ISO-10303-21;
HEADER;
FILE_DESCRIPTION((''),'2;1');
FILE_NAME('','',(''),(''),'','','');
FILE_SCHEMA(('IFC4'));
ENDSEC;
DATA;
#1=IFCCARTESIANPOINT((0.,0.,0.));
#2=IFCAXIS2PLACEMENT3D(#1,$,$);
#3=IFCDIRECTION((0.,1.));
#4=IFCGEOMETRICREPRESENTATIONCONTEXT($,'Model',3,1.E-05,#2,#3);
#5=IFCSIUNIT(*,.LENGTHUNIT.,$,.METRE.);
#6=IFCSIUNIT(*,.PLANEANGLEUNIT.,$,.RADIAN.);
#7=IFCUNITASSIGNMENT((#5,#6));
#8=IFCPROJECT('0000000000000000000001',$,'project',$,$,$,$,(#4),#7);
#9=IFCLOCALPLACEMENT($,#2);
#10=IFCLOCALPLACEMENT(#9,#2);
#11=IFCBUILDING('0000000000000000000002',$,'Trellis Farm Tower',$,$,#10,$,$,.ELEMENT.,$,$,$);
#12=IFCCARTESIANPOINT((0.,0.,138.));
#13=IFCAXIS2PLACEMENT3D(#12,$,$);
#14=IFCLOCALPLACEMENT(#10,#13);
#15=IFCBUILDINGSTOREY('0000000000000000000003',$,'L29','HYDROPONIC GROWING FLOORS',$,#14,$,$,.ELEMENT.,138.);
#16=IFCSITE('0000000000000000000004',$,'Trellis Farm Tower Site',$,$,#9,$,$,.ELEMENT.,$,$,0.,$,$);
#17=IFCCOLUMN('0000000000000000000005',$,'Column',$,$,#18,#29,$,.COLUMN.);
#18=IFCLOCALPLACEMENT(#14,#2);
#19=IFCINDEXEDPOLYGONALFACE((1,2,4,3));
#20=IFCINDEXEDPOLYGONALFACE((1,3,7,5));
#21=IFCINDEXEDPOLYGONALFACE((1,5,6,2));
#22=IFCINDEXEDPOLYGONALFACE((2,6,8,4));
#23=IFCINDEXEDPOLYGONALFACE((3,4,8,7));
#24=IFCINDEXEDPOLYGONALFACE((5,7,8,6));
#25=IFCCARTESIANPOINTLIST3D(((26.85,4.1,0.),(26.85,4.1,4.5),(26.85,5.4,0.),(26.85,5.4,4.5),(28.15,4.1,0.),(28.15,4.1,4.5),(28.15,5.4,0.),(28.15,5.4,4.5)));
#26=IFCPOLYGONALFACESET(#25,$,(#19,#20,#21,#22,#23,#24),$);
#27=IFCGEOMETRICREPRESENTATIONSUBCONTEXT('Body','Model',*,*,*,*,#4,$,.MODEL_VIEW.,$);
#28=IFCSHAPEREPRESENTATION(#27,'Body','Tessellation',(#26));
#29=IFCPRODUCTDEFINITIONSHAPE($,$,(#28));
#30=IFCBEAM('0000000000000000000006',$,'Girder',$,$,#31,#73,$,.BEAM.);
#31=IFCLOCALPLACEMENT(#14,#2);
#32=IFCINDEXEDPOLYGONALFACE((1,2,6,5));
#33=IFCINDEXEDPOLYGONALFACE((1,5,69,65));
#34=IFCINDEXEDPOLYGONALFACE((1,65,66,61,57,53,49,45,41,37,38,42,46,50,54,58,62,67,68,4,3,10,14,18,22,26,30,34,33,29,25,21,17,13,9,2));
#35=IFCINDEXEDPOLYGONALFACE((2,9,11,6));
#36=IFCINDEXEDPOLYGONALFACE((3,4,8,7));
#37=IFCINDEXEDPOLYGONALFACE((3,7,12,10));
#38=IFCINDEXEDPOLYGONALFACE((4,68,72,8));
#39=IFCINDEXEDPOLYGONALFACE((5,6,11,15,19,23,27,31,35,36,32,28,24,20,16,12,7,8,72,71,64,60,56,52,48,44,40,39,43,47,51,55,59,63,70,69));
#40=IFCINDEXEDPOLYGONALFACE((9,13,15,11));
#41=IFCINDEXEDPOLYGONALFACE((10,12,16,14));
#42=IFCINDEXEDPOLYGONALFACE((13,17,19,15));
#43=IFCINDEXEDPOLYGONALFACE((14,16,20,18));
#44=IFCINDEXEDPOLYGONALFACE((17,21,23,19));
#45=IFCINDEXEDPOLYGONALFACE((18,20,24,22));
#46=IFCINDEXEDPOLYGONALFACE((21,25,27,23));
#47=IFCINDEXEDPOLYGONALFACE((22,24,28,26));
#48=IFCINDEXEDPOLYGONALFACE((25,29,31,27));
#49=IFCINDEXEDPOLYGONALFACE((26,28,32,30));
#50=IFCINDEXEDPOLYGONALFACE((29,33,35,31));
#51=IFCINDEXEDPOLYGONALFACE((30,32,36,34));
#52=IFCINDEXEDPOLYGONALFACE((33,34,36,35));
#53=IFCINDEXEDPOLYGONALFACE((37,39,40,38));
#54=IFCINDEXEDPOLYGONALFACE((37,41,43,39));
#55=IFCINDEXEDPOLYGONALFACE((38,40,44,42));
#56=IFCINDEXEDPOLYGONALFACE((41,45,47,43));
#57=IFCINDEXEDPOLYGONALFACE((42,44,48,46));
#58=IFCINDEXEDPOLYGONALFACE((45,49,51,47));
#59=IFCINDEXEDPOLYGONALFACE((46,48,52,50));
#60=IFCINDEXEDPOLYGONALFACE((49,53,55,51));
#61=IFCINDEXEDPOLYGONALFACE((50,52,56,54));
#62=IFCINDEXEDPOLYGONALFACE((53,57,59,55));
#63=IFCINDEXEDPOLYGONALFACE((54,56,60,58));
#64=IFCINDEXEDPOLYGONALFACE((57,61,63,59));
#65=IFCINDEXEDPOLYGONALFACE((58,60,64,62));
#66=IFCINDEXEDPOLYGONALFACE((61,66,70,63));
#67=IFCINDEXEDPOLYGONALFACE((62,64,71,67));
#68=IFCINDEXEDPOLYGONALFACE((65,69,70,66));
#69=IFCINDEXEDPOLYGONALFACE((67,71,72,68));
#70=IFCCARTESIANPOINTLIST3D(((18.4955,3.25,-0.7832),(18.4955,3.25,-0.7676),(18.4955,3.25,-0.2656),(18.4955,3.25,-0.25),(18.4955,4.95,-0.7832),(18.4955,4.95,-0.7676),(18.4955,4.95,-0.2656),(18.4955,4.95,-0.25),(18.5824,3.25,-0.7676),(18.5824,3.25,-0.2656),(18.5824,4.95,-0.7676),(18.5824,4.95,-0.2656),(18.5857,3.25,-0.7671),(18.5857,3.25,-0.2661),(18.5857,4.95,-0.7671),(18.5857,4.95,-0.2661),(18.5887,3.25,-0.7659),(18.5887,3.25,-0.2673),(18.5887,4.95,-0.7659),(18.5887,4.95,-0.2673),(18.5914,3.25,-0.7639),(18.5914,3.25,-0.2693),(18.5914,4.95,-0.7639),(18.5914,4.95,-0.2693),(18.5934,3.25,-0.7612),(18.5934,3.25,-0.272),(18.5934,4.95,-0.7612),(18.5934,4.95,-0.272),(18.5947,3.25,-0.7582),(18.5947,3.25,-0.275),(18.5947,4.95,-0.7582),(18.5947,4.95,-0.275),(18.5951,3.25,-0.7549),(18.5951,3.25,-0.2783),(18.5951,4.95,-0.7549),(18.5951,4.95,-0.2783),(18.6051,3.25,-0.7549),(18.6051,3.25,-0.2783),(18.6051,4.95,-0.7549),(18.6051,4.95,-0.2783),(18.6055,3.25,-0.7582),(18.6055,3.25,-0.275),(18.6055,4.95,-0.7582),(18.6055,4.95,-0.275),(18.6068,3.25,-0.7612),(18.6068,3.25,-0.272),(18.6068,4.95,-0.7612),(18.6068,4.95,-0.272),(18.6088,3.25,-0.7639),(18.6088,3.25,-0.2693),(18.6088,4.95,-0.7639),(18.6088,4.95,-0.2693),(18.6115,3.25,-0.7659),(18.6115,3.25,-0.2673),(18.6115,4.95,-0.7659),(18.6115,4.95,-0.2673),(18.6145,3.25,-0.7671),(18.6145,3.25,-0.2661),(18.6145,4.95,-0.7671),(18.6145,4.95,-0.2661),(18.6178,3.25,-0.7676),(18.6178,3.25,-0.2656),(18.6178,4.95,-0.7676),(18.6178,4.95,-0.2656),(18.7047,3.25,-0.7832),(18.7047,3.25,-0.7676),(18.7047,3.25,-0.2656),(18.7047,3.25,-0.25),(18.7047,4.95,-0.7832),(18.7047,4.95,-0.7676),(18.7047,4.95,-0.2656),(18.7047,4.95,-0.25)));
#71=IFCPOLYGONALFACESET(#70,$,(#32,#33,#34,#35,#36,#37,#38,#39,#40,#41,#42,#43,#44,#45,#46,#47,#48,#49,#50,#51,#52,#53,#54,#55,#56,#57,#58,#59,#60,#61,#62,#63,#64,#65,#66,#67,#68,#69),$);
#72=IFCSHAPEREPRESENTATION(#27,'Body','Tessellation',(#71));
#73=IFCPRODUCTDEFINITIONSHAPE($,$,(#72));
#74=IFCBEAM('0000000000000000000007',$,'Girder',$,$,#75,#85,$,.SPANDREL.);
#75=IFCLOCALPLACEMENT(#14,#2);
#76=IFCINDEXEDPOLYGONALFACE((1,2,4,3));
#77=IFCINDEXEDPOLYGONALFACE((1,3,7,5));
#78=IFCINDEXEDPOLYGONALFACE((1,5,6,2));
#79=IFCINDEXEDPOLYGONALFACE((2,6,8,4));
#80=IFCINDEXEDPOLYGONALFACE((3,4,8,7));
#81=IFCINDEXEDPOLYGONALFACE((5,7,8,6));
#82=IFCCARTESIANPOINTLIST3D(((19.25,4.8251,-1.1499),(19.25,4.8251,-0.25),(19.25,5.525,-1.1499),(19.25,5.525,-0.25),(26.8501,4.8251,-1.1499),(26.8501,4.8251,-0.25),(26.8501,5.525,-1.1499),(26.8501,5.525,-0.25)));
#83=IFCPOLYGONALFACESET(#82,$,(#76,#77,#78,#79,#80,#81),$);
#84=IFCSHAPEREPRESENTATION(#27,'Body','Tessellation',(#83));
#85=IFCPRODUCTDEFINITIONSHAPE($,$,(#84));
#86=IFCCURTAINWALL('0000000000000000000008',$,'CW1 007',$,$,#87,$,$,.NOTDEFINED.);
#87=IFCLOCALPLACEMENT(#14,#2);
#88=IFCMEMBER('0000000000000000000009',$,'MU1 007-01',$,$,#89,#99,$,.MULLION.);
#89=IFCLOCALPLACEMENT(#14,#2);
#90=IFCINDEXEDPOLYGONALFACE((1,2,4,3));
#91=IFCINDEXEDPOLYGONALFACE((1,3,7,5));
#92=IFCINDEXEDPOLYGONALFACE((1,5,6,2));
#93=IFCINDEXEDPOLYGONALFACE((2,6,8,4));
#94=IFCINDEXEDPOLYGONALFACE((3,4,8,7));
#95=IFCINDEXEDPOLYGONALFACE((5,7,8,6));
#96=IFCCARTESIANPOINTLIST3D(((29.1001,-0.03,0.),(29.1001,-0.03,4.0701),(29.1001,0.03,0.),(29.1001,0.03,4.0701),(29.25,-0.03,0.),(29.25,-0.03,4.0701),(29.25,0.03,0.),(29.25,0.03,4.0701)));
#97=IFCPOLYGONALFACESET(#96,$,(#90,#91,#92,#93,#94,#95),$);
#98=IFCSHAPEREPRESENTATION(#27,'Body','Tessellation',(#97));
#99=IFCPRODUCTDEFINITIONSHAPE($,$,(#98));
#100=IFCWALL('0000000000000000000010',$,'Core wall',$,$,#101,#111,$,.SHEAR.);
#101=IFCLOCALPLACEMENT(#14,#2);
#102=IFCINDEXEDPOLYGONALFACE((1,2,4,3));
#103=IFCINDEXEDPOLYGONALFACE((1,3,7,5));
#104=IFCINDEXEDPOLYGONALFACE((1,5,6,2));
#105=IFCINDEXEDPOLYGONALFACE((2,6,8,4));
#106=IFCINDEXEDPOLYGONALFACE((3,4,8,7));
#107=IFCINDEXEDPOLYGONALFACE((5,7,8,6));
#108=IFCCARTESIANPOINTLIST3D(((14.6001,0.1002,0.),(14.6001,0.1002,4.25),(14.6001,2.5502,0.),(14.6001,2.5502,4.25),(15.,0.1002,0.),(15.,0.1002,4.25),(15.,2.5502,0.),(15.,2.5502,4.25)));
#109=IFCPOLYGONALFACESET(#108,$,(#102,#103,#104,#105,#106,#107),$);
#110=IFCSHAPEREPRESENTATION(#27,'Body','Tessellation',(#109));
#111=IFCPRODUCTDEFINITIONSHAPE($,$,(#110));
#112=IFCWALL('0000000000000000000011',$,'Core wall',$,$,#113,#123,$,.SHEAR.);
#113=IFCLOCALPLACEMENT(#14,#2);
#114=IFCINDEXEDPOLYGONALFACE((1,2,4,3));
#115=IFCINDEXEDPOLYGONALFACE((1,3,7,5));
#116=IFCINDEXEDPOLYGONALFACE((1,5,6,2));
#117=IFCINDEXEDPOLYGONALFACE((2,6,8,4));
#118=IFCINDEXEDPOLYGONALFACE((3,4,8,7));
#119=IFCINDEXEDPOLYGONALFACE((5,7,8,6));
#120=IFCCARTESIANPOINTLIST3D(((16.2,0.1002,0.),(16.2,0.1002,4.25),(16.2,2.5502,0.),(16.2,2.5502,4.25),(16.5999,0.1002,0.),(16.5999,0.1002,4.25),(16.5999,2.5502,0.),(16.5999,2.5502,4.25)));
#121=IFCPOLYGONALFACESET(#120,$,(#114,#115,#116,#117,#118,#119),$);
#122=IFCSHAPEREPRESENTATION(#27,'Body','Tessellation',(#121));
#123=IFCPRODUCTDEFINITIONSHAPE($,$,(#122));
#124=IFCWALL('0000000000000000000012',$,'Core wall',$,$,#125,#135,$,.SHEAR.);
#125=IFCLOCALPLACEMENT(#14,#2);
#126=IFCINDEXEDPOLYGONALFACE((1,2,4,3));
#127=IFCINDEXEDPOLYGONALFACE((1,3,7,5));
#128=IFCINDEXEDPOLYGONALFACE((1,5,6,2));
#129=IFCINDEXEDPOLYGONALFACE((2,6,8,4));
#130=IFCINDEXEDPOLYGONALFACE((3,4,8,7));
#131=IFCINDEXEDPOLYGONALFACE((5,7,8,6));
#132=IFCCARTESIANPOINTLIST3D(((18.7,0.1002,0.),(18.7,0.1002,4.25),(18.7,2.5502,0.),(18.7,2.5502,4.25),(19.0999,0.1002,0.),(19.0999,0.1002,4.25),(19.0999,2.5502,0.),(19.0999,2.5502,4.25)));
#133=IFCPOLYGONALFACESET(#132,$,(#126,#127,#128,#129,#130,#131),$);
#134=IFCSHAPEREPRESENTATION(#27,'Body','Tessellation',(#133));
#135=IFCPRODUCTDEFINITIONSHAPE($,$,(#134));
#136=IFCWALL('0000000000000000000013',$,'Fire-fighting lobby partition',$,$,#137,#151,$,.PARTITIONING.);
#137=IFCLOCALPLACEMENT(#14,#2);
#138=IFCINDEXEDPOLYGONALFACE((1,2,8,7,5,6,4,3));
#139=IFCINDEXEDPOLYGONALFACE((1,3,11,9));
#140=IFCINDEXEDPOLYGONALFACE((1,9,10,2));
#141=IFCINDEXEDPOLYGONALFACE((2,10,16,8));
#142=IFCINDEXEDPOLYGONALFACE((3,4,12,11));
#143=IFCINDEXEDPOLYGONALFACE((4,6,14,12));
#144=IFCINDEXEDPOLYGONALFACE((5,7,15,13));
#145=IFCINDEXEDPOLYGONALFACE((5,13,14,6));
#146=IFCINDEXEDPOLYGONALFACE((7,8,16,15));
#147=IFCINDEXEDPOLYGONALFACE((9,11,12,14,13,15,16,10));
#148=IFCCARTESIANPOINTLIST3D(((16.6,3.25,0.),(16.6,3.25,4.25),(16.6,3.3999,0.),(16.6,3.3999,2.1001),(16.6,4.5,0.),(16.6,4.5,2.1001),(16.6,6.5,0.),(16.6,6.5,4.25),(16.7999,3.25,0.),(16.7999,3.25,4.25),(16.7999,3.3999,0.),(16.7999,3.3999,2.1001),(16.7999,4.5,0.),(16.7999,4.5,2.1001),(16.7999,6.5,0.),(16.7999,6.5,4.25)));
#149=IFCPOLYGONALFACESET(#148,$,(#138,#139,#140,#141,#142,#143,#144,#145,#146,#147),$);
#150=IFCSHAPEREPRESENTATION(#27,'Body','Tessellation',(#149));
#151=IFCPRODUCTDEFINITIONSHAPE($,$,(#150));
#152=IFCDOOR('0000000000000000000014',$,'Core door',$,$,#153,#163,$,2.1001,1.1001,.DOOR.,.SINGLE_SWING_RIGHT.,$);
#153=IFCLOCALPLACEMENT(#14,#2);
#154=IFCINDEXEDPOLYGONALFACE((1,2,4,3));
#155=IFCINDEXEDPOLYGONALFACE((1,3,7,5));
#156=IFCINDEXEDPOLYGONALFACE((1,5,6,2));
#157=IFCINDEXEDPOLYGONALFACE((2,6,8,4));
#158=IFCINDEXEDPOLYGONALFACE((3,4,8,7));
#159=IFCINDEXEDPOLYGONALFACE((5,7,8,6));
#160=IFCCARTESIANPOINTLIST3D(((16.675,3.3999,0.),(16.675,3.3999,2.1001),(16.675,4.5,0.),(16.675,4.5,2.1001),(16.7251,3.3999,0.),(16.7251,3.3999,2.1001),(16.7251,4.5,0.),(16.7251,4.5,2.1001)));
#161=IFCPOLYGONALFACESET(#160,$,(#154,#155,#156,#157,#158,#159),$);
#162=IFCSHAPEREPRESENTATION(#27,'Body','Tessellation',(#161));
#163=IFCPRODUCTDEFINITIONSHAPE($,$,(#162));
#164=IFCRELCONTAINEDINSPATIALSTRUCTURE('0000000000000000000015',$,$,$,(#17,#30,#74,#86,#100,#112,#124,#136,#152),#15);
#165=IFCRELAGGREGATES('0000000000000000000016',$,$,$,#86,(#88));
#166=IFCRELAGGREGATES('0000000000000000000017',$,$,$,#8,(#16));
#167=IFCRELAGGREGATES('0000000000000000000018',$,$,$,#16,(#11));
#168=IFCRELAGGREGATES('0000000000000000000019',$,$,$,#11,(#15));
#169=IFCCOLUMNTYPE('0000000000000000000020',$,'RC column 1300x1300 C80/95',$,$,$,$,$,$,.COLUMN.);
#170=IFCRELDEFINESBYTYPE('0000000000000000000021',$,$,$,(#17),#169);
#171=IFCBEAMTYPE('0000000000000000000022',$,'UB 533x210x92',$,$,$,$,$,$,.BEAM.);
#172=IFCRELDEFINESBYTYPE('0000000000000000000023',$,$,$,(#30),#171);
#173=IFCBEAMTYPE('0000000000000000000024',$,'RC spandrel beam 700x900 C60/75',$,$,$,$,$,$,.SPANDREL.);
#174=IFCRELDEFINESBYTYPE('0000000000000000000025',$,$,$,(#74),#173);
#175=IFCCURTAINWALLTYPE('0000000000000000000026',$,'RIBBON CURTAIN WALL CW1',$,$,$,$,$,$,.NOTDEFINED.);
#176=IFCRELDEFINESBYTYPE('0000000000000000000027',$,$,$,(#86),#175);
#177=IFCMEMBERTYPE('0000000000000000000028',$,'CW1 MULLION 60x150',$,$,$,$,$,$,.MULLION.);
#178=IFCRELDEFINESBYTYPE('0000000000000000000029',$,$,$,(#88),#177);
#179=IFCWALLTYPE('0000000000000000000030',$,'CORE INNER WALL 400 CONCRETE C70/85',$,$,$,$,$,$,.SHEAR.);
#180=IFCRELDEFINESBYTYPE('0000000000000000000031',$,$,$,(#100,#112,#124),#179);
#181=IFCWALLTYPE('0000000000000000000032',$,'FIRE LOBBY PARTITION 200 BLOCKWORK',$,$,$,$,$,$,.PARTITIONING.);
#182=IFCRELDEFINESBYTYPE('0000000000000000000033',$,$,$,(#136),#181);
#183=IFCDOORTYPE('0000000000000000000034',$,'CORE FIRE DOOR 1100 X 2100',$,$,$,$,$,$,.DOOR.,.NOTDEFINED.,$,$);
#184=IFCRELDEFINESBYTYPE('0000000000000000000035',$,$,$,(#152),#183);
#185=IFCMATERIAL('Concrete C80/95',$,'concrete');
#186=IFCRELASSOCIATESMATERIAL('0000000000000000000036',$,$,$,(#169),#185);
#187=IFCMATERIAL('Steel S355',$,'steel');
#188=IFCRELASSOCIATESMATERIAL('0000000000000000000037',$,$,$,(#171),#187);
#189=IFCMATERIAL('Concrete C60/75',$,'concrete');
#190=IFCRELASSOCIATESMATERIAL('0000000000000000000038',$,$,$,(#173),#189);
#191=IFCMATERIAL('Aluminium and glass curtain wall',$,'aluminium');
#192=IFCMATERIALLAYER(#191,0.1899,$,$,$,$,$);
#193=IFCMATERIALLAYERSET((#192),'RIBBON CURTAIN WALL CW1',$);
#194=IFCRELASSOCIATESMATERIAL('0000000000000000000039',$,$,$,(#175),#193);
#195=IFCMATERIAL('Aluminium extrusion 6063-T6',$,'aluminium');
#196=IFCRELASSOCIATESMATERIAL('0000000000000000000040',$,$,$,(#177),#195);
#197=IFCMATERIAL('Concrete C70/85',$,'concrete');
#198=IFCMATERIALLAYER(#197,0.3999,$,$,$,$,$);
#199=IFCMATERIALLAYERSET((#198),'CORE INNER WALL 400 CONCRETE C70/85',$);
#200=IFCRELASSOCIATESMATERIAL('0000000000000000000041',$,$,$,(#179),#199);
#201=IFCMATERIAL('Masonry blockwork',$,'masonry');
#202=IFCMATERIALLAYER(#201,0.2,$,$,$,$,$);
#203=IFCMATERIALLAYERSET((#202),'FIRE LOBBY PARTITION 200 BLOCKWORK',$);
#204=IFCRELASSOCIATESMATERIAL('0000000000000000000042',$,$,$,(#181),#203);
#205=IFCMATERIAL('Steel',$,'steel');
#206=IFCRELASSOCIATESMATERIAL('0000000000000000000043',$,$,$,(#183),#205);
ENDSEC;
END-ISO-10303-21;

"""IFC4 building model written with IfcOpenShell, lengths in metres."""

from ifc_helpers import new_model, si_unit, direction, frame, frame_2d, origin, origin_2d, place, context, subcontext, project, spatial, rectangle, i_section, extrude, source, transform, mapped, material, layer, layer_set, material_profile, profile_set, type_object, element, fill, aggregate, save


model = new_model("IFC4")

# Units and contexts
model_context = context("Model", 3, precision=1e-05, world=origin(), true_north=direction((0.0, 1.0)))
body_context = subcontext(model_context, "Body", "Model", "MODEL_VIEW")
ifc_project = project(units=[si_unit("LENGTHUNIT", "METRE"), si_unit("PLANEANGLEUNIT", "RADIAN")], contexts=[model_context])

# Site, building, storey
site_placement = place(None, origin())
site = spatial("IfcSite", under=ifc_project, at=site_placement, Name="Trellis Farm Tower Site", CompositionType="ELEMENT", RefElevation=0.0)
building_placement = place(site_placement, origin())
building = spatial("IfcBuilding", under=site, at=building_placement, Name="Trellis Farm Tower", CompositionType="ELEMENT")
storey_placement = place(building_placement, frame((0.0, 0.0, 138.0)))
storey = spatial("IfcBuildingStorey", under=building, at=storey_placement, Name="L29", Description="HYDROPONIC GROWING FLOORS", CompositionType="ELEMENT", Elevation=138.0)

# Column
ifc_material_1 = material(Name="Concrete C80/95", Category="concrete")
ifc_material_profile_1 = material_profile(ifc_material_1, rectangle(XDim=1.3, YDim=1.3, at=origin_2d()), Name="RC column 1300x1300 C80/95")
ifc_profile_set_1 = profile_set([ifc_material_profile_1], Name="Concrete C80/95")
column_type = type_object("IfcColumnType", Name="RC column 1300x1300 C80/95", PredefinedType="COLUMN", material=ifc_profile_set_1)
shared_shape_1 = source(origin(), body_context, "Body", "SweptSolid", [
    extrude(rectangle(XDim=1.3, YDim=1.3, at=origin_2d()), origin(), (0.0, 0.0, 1.0), 4.5),
])
column_placement = place(storey_placement, frame((27.5, 4.75, 0.0), z_axis=(0.0, 0.0, 1.0), x_axis=(1.0, 0.0, 0.0)))
element("IfcColumn", 1, at=column_placement, inside=storey, type_object=column_type, Name="Column", PredefinedType="COLUMN", context=body_context, shape_type="MappedRepresentation", body=[
    mapped(shared_shape_1, transform((0.0, 0.0, 0.0))),
])

# Beams
ifc_material_2 = material(Name="Steel S355", Category="steel")
ifc_material_profile_2 = material_profile(ifc_material_2, i_section(OverallWidth=0.2092, OverallDepth=0.5332, WebThickness=0.01, FlangeThickness=0.0156, FilletRadius=0.0127, at=origin_2d()), Name="UB 533x210x92")
ifc_profile_set_2 = profile_set([ifc_material_profile_2], Name="Steel S355")
beam_type_1 = type_object("IfcBeamType", Name="UB 533x210x92", PredefinedType="BEAM", material=ifc_profile_set_2)
shared_shape_2 = source(origin(), body_context, "Body", "SweptSolid", [
    extrude(i_section(OverallWidth=0.2092, OverallDepth=0.5332, WebThickness=0.01, FlangeThickness=0.0156, FilletRadius=0.0127, at=origin_2d()), origin(), (0.0, 0.0, 1.0), 1.7),
])
beam_1_placement = place(storey_placement, frame((18.6001, 3.25, -0.5166), z_axis=(0.0, 1.0, 0.0), x_axis=(-1.0, 0.0, 0.0)))
element("IfcBeam", 2, at=beam_1_placement, inside=storey, type_object=beam_type_1, Name="Girder", PredefinedType="BEAM", context=body_context, shape_type="MappedRepresentation", body=[
    mapped(shared_shape_2, transform((0.0, 0.0, 0.0))),
])
ifc_material_3 = material(Name="Concrete C60/75", Category="concrete")
ifc_material_profile_3 = material_profile(ifc_material_3, rectangle(XDim=0.7, YDim=0.8999, at=origin_2d()), Name="RC spandrel beam 700x900 C60/75")
ifc_profile_set_3 = profile_set([ifc_material_profile_3], Name="Concrete C60/75")
beam_type_2 = type_object("IfcBeamType", Name="RC spandrel beam 700x900 C60/75", PredefinedType="SPANDREL", material=ifc_profile_set_3)
shared_shape_3 = source(origin(), body_context, "Body", "SweptSolid", [
    extrude(rectangle(XDim=0.7, YDim=0.8999, at=origin_2d()), origin(), (0.0, 0.0, 1.0), 7.6001),
])
beam_2_placement = place(storey_placement, frame((19.25, 5.175, -0.7), z_axis=(1.0, 0.0, 0.0), x_axis=(0.0, 1.0, 0.0)))
element("IfcBeam", 3, at=beam_2_placement, inside=storey, type_object=beam_type_2, Name="Girder", PredefinedType="SPANDREL", context=body_context, shape_type="MappedRepresentation", body=[
    mapped(shared_shape_3, transform((0.0, 0.0, 0.0))),
])

# Curtain wall, member
ifc_material_4 = material(Name="Aluminium and glass curtain wall", Category="aluminium")
ifc_layer_1 = layer(ifc_material_4, 0.1899)
ifc_layer_set_1 = layer_set([ifc_layer_1], Name="RIBBON CURTAIN WALL CW1")
curtain_wall_type = type_object("IfcCurtainWallType", Name="RIBBON CURTAIN WALL CW1", PredefinedType="NOTDEFINED", material=ifc_layer_set_1)
curtain_wall_placement = place(storey_placement, origin())
curtain_wall = element("IfcCurtainWall", 4, at=curtain_wall_placement, inside=storey, type_object=curtain_wall_type, Name="CW1 007", PredefinedType="NOTDEFINED")
ifc_material_5 = material(Name="Aluminium extrusion 6063-T6", Category="aluminium")
ifc_material_profile_4 = material_profile(ifc_material_5, rectangle(XDim=0.0601, YDim=0.1499, at=origin_2d()), Name="MULLION 60x150")
ifc_profile_set_4 = profile_set([ifc_material_profile_4], Name="Aluminium extrusion 6063-T6")
member_type = type_object("IfcMemberType", Name="CW1 MULLION 60x150", PredefinedType="MULLION", material=ifc_profile_set_4)
shared_shape_4 = source(origin(), body_context, "Body", "SweptSolid", [
    extrude(rectangle(XDim=0.0601, YDim=0.1499, at=origin_2d()), origin(), (0.0, 0.0, 1.0), 4.0701),
])
member_placement = place(storey_placement, frame((29.175, 0.0, 0.0), z_axis=(0.0, 0.0, 1.0), x_axis=(0.0, 1.0, 0.0)))
member = element("IfcMember", 5, at=member_placement, type_object=member_type, Name="MU1 007-01", PredefinedType="MULLION", context=body_context, shape_type="MappedRepresentation", body=[
    mapped(shared_shape_4, transform((0.0, 0.0, 0.0))),
])
aggregate(curtain_wall, [member])

# Walls
ifc_material_6 = material(Name="Concrete C70/85", Category="concrete")
ifc_layer_2 = layer(ifc_material_6, 0.3999)
ifc_layer_set_2 = layer_set([ifc_layer_2], Name="CORE INNER WALL 400 CONCRETE C70/85")
wall_type_1 = type_object("IfcWallType", Name="CORE INNER WALL 400 CONCRETE C70/85", PredefinedType="SHEAR", material=ifc_layer_set_2)
shared_shape_5 = source(origin(), body_context, "Body", "SweptSolid", [
    extrude(rectangle(XDim=2.45, YDim=0.3999, at=frame_2d((1.2251, 0.0))), origin(), (0.0, 0.0, 1.0), 4.25),
])
for number, where, z_axis, x_axis, name in (
    (6, (14.8, 0.1001, 0.0), (0.0, 0.0, 1.0), (0.0, 1.0, 0.0), "Core wall"),
    (7, (16.3999, 0.1001, 0.0), (0.0, 0.0, 1.0), (0.0, 1.0, 0.0), "Core wall"),
    (8, (18.8999, 0.1001, 0.0), (0.0, 0.0, 1.0), (0.0, 1.0, 0.0), "Core wall"),
):
    element("IfcWall", number, at=place(storey_placement, frame(where, z_axis=z_axis, x_axis=x_axis)), inside=storey, type_object=wall_type_1, Name=name, PredefinedType="SHEAR", context=body_context, shape_type="MappedRepresentation", body=[
        mapped(shared_shape_5, transform((0.0, 0.0, 0.0))),
    ])

# Wall, opening, door
ifc_material_7 = material(Name="Masonry blockwork", Category="masonry")
ifc_layer_3 = layer(ifc_material_7, 0.2)
ifc_layer_set_3 = layer_set([ifc_layer_3], Name="FIRE LOBBY PARTITION 200 BLOCKWORK")
wall_type_2 = type_object("IfcWallType", Name="FIRE LOBBY PARTITION 200 BLOCKWORK", PredefinedType="PARTITIONING", material=ifc_layer_set_3)
shared_shape_6 = source(origin(), body_context, "Body", "SweptSolid", [
    extrude(rectangle(XDim=3.25, YDim=0.2, at=frame_2d((1.625, 0.0))), origin(), (0.0, 0.0, 1.0), 4.25),
])
wall_1_placement = place(storey_placement, frame((16.7, 3.25, 0.0), z_axis=(0.0, 0.0, 1.0), x_axis=(0.0, 1.0, 0.0)))
wall_1 = element("IfcWall", 9, at=wall_1_placement, inside=storey, type_object=wall_type_2, Name="Fire-fighting lobby partition", PredefinedType="PARTITIONING", context=body_context, shape_type="MappedRepresentation", body=[
    mapped(shared_shape_6, transform((0.0, 0.0, 0.0))),
])
shared_shape_7 = source(origin(), body_context, "Body", "SweptSolid", [
    extrude(rectangle(XDim=1.1001, YDim=2.1001, at=frame_2d((0.55, 1.05))), frame((0.0, 0.1101, 0.0), z_axis=(0.0, -1.0, 0.0), x_axis=(1.0, 0.0, 0.0)), (0.0, 0.0, 1.0), 0.2202),
])
opening_1_placement = place(wall_1_placement, frame((0.1499, 0.0, 0.0)))
opening_1 = element("IfcOpeningElement", 10, at=opening_1_placement, cuts=wall_1, PredefinedType="OPENING", context=body_context, shape_type="MappedRepresentation", body=[
    mapped(shared_shape_7, transform((0.0, 0.0, 0.0))),
])
ifc_material_8 = material(Name="Steel", Category="steel")
door_type_1 = type_object("IfcDoorType", Name="CORE FIRE DOOR 1100 X 2100", OperationType="NOTDEFINED", PredefinedType="DOOR", material=ifc_material_8)
shared_shape_8 = source(origin(), body_context, "Body", "SweptSolid", [
    extrude(rectangle(XDim=1.1001, YDim=2.1001, at=frame_2d((0.55, 1.05))), frame((0.0, 0.0249, 0.0), z_axis=(0.0, -1.0, 0.0), x_axis=(1.0, 0.0, 0.0)), (0.0, 0.0, 1.0), 0.05),
])
door_1_placement = place(opening_1_placement, origin())
door_1 = element("IfcDoor", 11, at=door_1_placement, inside=storey, type_object=door_type_1, Name="Core door", OperationType="SINGLE_SWING_RIGHT", OverallHeight=2.1001, OverallWidth=1.1001, PredefinedType="DOOR", context=body_context, shape_type="MappedRepresentation", body=[
    mapped(shared_shape_8, transform((0.0, 0.0, 0.0))),
])
fill(opening_1, door_1)

save(model, "model.ifc")
